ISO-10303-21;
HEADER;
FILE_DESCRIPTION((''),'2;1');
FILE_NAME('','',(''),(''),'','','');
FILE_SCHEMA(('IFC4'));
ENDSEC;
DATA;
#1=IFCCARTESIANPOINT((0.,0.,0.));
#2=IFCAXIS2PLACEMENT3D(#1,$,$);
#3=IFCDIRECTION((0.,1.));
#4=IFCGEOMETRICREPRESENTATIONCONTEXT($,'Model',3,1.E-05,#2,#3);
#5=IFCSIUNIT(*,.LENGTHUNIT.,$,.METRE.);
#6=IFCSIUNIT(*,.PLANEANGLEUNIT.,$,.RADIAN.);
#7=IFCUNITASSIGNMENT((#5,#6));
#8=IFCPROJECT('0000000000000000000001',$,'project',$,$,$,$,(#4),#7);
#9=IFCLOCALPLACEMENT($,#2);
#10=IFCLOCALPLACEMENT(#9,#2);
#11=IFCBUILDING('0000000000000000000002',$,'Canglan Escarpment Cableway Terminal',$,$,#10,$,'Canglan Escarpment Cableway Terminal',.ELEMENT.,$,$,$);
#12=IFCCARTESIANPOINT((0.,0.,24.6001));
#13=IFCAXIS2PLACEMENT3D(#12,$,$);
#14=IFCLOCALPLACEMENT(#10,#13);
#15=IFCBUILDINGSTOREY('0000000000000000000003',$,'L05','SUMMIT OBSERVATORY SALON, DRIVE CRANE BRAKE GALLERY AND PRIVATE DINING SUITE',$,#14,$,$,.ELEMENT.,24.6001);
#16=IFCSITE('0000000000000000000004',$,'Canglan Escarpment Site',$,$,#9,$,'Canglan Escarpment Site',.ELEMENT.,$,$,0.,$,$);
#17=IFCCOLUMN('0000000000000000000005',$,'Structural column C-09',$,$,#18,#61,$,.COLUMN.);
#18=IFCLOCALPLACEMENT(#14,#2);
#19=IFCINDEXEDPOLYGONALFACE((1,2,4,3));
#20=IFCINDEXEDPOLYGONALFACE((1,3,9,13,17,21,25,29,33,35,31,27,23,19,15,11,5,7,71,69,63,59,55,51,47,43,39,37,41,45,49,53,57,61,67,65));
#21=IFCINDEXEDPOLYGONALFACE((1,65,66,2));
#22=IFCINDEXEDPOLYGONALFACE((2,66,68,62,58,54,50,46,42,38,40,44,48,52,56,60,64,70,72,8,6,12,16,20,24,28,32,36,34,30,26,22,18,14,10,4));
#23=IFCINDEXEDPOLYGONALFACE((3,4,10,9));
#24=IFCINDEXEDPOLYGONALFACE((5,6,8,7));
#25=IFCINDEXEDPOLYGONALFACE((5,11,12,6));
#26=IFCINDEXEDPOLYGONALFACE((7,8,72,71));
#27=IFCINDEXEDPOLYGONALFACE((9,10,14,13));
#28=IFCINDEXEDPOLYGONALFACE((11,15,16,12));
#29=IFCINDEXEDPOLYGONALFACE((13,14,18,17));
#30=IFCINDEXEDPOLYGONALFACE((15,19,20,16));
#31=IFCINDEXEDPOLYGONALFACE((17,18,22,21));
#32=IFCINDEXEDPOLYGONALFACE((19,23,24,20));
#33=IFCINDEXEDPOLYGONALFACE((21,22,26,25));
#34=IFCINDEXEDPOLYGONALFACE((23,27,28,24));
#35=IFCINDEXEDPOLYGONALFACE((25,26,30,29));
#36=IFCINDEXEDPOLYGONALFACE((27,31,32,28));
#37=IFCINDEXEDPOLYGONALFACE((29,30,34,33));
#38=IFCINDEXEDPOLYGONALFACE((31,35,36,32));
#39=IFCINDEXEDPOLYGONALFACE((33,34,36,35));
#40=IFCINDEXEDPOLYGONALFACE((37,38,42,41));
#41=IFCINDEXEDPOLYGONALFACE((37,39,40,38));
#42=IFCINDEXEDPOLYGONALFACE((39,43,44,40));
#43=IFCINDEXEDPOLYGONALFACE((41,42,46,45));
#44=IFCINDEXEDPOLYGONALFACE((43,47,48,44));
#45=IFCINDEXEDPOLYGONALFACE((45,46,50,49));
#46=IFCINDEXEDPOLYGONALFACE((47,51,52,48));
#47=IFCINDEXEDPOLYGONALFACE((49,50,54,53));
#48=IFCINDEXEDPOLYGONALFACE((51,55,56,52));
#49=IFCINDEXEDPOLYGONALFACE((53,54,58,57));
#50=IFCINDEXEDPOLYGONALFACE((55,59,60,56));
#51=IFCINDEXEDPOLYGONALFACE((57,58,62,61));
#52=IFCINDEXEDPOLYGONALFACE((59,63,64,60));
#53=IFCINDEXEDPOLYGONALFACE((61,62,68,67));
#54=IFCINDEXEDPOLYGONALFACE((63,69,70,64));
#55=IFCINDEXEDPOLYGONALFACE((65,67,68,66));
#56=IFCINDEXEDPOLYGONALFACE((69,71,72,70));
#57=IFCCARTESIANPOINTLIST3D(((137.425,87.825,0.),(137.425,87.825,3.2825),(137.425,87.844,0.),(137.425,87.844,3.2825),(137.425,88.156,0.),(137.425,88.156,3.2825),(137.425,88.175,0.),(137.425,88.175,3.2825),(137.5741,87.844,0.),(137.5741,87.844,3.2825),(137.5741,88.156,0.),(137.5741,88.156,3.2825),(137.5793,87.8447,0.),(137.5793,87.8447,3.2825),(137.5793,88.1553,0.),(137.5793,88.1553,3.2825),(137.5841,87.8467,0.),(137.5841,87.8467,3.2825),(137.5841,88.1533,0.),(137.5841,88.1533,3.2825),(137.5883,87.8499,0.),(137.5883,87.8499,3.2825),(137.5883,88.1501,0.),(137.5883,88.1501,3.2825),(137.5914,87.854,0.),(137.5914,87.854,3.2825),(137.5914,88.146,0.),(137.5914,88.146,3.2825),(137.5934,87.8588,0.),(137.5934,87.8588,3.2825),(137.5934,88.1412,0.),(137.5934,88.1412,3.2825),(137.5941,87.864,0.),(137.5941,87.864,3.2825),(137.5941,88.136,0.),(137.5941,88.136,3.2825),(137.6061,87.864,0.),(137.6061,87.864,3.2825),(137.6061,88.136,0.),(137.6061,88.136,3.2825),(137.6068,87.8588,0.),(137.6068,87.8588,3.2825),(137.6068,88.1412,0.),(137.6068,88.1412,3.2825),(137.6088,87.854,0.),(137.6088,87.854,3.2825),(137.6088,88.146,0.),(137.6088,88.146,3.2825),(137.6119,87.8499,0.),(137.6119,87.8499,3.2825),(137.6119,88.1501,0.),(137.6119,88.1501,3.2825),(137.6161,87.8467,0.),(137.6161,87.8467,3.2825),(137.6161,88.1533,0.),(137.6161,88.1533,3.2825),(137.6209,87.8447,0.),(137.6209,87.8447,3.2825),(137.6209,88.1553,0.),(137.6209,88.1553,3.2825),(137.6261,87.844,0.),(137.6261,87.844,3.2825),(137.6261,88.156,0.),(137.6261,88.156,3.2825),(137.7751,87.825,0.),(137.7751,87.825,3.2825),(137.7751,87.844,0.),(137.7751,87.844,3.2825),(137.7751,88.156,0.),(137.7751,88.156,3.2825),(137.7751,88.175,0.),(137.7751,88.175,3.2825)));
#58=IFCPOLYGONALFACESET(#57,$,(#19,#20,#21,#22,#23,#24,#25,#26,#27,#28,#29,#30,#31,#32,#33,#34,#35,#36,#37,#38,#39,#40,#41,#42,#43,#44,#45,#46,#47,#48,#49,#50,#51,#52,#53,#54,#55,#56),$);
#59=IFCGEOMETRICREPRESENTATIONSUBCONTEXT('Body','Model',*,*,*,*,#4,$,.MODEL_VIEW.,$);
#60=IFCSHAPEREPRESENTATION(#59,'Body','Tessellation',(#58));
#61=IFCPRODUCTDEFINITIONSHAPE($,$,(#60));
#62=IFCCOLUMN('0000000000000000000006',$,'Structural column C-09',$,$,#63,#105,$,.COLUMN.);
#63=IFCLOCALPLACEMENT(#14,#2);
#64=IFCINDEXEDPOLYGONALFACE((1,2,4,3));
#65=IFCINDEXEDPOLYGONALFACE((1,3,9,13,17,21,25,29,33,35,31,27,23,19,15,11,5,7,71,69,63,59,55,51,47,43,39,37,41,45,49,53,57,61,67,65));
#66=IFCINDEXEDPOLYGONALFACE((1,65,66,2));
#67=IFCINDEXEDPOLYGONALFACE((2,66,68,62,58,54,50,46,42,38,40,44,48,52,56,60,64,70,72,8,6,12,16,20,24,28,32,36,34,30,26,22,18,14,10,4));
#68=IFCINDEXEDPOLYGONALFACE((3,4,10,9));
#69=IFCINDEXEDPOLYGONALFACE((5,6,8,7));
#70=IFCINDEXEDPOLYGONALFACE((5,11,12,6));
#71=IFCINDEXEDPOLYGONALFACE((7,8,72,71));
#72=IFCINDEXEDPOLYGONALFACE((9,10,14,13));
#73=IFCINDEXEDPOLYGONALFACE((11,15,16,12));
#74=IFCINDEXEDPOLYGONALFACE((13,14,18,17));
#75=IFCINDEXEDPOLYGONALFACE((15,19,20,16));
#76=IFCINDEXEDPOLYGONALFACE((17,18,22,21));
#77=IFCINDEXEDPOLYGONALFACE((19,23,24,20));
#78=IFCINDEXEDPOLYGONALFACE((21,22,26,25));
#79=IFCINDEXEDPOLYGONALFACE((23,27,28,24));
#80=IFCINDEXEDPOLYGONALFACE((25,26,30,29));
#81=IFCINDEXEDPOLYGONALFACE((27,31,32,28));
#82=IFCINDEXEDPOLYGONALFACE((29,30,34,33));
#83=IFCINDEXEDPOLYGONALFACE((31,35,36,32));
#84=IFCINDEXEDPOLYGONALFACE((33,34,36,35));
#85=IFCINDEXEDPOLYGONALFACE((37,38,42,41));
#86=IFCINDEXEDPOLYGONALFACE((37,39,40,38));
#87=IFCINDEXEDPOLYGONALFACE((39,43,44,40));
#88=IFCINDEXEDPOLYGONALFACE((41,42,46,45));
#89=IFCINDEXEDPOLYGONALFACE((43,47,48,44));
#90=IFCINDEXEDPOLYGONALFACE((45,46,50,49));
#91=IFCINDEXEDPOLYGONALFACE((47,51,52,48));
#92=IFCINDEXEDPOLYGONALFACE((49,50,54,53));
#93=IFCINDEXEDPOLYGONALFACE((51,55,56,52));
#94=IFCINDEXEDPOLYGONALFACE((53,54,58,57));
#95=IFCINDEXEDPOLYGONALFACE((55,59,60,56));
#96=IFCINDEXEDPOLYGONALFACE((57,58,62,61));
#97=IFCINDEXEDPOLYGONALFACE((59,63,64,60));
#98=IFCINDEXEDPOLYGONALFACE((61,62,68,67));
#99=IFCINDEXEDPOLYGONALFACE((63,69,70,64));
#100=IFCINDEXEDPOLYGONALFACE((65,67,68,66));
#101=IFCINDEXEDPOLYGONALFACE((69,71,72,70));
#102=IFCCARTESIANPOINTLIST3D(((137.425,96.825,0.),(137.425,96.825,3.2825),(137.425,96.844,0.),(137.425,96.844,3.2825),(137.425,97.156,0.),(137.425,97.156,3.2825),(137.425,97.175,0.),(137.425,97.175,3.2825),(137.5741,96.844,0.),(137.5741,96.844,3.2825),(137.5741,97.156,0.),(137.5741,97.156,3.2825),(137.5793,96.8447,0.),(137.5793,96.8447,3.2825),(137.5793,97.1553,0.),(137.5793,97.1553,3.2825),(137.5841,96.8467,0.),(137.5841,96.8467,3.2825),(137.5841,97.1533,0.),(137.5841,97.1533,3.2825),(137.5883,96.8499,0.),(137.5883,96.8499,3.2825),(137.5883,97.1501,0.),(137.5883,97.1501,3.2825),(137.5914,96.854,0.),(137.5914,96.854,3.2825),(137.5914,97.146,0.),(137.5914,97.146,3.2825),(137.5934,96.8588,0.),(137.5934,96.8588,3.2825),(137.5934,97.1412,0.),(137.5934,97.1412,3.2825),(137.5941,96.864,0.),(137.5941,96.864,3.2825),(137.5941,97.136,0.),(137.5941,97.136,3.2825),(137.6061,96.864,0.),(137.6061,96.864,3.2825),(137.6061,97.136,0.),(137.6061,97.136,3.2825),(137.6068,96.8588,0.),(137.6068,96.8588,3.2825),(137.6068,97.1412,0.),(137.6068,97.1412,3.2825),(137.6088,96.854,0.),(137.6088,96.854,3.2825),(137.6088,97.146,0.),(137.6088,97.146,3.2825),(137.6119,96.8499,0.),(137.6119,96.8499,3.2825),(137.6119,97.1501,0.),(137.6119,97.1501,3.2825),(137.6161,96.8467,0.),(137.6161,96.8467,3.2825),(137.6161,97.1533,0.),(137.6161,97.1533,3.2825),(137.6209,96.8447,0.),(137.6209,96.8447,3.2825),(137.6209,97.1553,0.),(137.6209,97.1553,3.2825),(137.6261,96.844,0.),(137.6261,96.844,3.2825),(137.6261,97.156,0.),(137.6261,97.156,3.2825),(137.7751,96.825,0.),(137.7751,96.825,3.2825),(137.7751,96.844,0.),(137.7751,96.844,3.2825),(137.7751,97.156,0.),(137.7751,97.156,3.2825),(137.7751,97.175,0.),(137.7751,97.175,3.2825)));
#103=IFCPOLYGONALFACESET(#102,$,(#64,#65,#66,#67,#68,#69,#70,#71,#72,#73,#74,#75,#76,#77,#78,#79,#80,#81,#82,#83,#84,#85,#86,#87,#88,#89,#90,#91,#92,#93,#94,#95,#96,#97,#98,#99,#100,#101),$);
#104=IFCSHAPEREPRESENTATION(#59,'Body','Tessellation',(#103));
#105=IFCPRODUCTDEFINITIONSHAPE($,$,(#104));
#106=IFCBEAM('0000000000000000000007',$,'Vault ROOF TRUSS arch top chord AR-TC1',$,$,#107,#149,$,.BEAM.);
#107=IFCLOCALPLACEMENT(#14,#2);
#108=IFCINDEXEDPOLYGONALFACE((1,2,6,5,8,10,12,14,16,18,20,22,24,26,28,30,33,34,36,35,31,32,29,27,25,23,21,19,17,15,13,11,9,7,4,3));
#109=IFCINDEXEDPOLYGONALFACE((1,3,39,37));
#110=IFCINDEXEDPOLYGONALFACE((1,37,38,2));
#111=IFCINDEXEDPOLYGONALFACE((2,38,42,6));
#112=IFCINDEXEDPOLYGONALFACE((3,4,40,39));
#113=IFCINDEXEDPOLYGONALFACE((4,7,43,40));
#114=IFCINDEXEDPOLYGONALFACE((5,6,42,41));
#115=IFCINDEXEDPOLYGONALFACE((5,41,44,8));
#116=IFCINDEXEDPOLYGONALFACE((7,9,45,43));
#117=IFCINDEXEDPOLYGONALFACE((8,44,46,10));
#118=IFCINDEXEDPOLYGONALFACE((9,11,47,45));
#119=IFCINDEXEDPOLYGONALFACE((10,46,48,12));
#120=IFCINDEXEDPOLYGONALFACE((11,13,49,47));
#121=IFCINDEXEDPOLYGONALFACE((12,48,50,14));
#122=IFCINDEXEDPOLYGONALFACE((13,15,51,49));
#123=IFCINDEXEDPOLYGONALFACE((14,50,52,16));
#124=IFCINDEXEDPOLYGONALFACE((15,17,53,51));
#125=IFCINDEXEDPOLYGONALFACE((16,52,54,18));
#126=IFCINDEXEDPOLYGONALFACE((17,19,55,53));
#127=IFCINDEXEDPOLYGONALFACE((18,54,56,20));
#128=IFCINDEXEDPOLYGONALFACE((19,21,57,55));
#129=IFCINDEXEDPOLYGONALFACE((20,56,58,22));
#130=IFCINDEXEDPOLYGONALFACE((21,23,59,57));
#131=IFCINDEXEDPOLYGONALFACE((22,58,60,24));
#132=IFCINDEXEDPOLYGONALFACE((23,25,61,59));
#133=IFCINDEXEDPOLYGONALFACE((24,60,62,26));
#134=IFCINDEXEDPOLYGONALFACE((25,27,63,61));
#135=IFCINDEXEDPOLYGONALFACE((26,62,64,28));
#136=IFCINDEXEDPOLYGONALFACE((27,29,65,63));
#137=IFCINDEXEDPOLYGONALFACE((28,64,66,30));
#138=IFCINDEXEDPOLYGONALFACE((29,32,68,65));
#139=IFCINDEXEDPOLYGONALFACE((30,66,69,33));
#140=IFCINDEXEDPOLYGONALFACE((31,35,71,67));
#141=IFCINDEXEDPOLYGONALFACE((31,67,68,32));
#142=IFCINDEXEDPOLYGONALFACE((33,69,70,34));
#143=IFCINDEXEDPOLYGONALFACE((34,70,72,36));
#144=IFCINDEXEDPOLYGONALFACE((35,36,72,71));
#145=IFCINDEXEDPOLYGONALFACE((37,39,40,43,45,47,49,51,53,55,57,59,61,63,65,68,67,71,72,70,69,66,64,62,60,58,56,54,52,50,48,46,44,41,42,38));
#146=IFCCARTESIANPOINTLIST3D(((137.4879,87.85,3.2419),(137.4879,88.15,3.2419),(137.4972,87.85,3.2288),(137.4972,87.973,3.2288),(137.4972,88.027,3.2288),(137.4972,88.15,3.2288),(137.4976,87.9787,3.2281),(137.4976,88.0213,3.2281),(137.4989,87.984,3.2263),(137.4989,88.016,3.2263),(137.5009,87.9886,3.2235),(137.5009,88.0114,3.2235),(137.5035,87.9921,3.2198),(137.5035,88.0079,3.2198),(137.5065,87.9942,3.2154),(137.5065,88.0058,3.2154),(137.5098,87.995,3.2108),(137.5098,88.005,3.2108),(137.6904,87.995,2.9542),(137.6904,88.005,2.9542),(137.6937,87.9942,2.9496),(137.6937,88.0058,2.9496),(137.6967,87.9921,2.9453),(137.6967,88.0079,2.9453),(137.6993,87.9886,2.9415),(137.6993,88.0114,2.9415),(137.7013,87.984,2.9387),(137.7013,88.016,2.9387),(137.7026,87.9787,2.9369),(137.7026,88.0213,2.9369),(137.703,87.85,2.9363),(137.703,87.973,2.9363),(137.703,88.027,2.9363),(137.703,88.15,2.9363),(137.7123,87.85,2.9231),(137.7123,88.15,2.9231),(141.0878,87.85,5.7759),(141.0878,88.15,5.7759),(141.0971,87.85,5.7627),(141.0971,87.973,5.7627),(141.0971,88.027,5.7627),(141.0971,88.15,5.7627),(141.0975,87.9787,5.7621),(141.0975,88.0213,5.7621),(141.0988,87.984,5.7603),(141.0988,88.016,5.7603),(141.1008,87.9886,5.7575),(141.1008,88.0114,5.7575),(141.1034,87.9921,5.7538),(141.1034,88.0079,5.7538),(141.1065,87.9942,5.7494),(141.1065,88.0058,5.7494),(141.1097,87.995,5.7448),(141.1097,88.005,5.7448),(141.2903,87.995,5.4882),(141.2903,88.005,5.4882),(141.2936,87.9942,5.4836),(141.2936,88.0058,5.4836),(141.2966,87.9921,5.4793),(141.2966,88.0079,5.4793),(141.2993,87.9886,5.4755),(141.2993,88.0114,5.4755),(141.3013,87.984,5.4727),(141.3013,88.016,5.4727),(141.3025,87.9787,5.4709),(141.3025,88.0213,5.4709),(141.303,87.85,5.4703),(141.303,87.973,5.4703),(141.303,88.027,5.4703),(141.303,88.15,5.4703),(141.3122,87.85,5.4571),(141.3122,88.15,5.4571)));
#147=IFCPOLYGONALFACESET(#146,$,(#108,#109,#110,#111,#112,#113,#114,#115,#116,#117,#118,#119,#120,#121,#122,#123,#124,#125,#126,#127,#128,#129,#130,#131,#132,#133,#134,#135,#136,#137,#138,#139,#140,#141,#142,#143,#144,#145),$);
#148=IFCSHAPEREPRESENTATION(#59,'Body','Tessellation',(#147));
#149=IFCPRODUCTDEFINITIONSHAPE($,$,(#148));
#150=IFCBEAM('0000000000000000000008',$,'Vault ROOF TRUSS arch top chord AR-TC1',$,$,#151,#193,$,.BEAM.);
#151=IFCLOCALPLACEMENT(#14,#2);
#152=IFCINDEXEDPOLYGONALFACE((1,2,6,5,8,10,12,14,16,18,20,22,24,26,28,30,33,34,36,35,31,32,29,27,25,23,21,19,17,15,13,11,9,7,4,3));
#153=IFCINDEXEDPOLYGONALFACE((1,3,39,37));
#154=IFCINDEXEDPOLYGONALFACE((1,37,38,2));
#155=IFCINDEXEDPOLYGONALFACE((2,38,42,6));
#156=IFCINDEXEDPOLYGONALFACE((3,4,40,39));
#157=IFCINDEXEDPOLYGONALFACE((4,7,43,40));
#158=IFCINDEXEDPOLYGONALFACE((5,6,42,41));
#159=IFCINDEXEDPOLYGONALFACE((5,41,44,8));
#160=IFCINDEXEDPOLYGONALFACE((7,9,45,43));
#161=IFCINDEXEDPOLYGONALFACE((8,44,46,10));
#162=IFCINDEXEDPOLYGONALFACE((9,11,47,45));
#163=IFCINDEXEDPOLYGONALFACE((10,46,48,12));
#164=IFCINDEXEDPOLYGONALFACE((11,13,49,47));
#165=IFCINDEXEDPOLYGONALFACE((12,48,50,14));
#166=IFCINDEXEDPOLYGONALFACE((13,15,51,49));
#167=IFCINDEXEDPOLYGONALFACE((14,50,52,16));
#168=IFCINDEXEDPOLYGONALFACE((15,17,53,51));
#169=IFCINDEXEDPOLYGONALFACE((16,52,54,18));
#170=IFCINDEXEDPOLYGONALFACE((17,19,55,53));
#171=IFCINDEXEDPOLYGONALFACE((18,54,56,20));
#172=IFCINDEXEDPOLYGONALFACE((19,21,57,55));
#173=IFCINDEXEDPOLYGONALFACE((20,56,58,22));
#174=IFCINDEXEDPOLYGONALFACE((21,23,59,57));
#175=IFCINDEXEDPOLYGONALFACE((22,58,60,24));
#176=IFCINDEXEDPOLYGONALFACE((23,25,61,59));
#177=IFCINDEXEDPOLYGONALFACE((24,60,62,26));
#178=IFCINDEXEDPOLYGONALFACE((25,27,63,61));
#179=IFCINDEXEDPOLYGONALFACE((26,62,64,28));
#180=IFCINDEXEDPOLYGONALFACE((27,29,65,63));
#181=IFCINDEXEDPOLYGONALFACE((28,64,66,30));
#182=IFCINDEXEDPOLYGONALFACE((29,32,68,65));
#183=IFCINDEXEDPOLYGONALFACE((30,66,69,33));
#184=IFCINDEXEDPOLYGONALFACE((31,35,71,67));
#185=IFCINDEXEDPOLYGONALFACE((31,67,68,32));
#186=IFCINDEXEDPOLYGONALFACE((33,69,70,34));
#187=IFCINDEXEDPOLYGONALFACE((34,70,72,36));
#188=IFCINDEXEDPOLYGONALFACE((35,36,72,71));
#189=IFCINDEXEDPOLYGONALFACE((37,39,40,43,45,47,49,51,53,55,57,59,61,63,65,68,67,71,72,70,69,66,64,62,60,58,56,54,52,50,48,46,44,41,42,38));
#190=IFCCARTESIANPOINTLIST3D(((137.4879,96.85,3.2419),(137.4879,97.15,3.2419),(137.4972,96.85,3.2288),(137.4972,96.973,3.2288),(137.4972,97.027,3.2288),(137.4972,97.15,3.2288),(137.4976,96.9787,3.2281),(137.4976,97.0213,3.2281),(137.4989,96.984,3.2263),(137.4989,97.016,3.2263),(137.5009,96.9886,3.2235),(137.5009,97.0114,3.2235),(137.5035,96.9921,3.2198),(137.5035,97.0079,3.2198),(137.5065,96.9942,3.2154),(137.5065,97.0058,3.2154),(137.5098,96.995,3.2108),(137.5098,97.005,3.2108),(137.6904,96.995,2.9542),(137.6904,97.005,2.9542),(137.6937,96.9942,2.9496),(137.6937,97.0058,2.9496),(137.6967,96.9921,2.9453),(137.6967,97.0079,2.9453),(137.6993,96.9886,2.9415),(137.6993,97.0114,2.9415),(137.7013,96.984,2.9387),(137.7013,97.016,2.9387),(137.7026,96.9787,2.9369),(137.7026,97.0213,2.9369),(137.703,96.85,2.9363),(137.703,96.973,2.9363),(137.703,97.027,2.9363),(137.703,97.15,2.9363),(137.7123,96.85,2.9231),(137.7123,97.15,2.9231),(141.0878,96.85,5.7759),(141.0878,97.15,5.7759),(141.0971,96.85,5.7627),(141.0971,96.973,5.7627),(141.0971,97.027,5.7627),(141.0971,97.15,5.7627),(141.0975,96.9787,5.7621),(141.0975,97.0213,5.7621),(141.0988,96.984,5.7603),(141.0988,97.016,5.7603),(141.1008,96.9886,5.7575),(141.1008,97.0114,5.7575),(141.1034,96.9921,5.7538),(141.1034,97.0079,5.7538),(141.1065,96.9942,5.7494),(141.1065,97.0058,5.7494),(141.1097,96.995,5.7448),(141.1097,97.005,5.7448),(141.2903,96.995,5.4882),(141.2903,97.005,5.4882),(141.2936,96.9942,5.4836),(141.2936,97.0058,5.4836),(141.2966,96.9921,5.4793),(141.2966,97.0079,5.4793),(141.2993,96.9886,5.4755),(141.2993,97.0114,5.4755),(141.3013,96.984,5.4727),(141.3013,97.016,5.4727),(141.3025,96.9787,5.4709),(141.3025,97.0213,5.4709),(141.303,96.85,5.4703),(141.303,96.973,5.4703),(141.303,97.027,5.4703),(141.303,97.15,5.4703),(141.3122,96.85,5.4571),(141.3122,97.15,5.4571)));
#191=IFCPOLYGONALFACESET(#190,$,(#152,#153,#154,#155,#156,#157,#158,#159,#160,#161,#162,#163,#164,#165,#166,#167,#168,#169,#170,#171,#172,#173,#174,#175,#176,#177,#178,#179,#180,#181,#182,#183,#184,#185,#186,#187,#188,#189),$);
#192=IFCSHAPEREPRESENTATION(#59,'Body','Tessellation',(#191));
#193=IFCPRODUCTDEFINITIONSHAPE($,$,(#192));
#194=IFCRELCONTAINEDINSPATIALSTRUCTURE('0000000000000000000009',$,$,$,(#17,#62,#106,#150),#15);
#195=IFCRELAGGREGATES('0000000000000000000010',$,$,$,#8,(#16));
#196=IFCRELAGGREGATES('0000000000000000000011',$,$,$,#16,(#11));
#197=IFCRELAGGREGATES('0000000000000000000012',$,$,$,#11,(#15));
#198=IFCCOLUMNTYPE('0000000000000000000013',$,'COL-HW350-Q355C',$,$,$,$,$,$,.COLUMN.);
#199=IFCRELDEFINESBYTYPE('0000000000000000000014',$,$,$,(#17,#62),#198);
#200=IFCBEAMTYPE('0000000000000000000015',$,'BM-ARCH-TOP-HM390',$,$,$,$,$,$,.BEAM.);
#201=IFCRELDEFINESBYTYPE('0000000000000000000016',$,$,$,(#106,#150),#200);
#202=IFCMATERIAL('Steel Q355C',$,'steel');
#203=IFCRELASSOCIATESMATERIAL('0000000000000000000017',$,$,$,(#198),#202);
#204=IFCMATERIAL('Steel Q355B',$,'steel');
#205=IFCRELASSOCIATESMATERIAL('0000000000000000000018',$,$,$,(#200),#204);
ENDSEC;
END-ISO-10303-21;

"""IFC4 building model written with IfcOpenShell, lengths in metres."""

from ifc_helpers import new_model, si_unit, direction, frame, origin, origin_2d, place, context, subcontext, project, spatial, i_section, extrude, material, material_profile, profile_set, type_object, element, save


model = new_model("IFC4")

# Units and contexts
model_context = context("Model", 3, precision=1e-05, world=origin(), true_north=direction((0.0, 1.0)))
body_context = subcontext(model_context, "Body", "Model", "MODEL_VIEW")
ifc_project = project(units=[si_unit("LENGTHUNIT", "METRE"), si_unit("PLANEANGLEUNIT", "RADIAN")], contexts=[model_context])

# Site, building, storey
site_placement = place(None, origin())
site = spatial("IfcSite", under=ifc_project, at=site_placement, Name="Canglan Escarpment Site", LongName="Canglan Escarpment Site", CompositionType="ELEMENT", RefElevation=0.0)
building_placement = place(site_placement, origin())
building = spatial("IfcBuilding", under=site, at=building_placement, Name="Canglan Escarpment Cableway Terminal", LongName="Canglan Escarpment Cableway Terminal", CompositionType="ELEMENT")
storey_placement = place(building_placement, frame((0.0, 0.0, 24.6001)))
storey = spatial("IfcBuildingStorey", under=building, at=storey_placement, Name="L05", Description="SUMMIT OBSERVATORY SALON, DRIVE CRANE BRAKE GALLERY AND PRIVATE DINING SUITE", CompositionType="ELEMENT", Elevation=24.6001)

# Columns
ifc_material_1 = material(Name="Steel Q355C", Category="steel")
ifc_material_profile_1 = material_profile(ifc_material_1, i_section(OverallWidth=0.3501, OverallDepth=0.3501, WebThickness=0.012, FlangeThickness=0.019, FilletRadius=0.02, at=origin_2d()), Name="HW 350x350x12x19")
ifc_profile_set_1 = profile_set([ifc_material_profile_1], Name="Steel Q355C")
column_type = type_object("IfcColumnType", Name="COL-HW350-Q355C", PredefinedType="COLUMN", material=ifc_profile_set_1)
for number, where, z_axis, x_axis, name in (
    (1, (137.6001, 88.0, 0.0), (0.0, 0.0, 1.0), (1.0, 0.0, 0.0), "Structural column C-09"),
    (2, (137.6001, 97.0, 0.0), (0.0, 0.0, 1.0), (1.0, 0.0, 0.0), "Structural column C-09"),
):
    element("IfcColumn", number, at=place(storey_placement, frame(where, z_axis=z_axis, x_axis=x_axis)), inside=storey, type_object=column_type, Name=name, PredefinedType="COLUMN", context=body_context, shape_type="SweptSolid", body=[
        extrude(i_section(OverallWidth=0.3501, OverallDepth=0.3501, WebThickness=0.012, FlangeThickness=0.019, FilletRadius=0.02, at=origin_2d()), origin(), (0.0, 0.0, 1.0), 3.2825),
    ])

# Beams
ifc_material_2 = material(Name="Steel Q355B", Category="steel")
ifc_material_profile_2 = material_profile(ifc_material_2, i_section(OverallWidth=0.3, OverallDepth=0.3899, WebThickness=0.01, FlangeThickness=0.0161, FilletRadius=0.022, at=origin_2d()), Name="HM 390x300x10x16")
ifc_profile_set_2 = profile_set([ifc_material_profile_2], Name="Steel Q355B")
beam_type_1 = type_object("IfcBeamType", Name="BM-ARCH-TOP-HM390", PredefinedType="BEAM", material=ifc_profile_set_2)
for number, where, z_axis, x_axis, name in (
    (3, (137.6001, 88.0, 3.0825), (0.817731, 0.0, 0.575601), (0.0, 1.0, 0.0), "Vault ROOF TRUSS arch top chord AR-TC1"),
    (4, (137.6001, 97.0, 3.0825), (0.817731, 0.0, 0.575601), (0.0, 1.0, 0.0), "Vault ROOF TRUSS arch top chord AR-TC1"),
):
    element("IfcBeam", number, at=place(storey_placement, frame(where, z_axis=z_axis, x_axis=x_axis)), inside=storey, type_object=beam_type_1, Name=name, PredefinedType="BEAM", context=body_context, shape_type="SweptSolid", body=[
        extrude(i_section(OverallWidth=0.3, OverallDepth=0.3899, WebThickness=0.01, FlangeThickness=0.0161, FilletRadius=0.022, at=origin_2d()), origin(), (0.0, 0.0, 1.0), 4.4023),
    ])

save(model, "model.ifc")
